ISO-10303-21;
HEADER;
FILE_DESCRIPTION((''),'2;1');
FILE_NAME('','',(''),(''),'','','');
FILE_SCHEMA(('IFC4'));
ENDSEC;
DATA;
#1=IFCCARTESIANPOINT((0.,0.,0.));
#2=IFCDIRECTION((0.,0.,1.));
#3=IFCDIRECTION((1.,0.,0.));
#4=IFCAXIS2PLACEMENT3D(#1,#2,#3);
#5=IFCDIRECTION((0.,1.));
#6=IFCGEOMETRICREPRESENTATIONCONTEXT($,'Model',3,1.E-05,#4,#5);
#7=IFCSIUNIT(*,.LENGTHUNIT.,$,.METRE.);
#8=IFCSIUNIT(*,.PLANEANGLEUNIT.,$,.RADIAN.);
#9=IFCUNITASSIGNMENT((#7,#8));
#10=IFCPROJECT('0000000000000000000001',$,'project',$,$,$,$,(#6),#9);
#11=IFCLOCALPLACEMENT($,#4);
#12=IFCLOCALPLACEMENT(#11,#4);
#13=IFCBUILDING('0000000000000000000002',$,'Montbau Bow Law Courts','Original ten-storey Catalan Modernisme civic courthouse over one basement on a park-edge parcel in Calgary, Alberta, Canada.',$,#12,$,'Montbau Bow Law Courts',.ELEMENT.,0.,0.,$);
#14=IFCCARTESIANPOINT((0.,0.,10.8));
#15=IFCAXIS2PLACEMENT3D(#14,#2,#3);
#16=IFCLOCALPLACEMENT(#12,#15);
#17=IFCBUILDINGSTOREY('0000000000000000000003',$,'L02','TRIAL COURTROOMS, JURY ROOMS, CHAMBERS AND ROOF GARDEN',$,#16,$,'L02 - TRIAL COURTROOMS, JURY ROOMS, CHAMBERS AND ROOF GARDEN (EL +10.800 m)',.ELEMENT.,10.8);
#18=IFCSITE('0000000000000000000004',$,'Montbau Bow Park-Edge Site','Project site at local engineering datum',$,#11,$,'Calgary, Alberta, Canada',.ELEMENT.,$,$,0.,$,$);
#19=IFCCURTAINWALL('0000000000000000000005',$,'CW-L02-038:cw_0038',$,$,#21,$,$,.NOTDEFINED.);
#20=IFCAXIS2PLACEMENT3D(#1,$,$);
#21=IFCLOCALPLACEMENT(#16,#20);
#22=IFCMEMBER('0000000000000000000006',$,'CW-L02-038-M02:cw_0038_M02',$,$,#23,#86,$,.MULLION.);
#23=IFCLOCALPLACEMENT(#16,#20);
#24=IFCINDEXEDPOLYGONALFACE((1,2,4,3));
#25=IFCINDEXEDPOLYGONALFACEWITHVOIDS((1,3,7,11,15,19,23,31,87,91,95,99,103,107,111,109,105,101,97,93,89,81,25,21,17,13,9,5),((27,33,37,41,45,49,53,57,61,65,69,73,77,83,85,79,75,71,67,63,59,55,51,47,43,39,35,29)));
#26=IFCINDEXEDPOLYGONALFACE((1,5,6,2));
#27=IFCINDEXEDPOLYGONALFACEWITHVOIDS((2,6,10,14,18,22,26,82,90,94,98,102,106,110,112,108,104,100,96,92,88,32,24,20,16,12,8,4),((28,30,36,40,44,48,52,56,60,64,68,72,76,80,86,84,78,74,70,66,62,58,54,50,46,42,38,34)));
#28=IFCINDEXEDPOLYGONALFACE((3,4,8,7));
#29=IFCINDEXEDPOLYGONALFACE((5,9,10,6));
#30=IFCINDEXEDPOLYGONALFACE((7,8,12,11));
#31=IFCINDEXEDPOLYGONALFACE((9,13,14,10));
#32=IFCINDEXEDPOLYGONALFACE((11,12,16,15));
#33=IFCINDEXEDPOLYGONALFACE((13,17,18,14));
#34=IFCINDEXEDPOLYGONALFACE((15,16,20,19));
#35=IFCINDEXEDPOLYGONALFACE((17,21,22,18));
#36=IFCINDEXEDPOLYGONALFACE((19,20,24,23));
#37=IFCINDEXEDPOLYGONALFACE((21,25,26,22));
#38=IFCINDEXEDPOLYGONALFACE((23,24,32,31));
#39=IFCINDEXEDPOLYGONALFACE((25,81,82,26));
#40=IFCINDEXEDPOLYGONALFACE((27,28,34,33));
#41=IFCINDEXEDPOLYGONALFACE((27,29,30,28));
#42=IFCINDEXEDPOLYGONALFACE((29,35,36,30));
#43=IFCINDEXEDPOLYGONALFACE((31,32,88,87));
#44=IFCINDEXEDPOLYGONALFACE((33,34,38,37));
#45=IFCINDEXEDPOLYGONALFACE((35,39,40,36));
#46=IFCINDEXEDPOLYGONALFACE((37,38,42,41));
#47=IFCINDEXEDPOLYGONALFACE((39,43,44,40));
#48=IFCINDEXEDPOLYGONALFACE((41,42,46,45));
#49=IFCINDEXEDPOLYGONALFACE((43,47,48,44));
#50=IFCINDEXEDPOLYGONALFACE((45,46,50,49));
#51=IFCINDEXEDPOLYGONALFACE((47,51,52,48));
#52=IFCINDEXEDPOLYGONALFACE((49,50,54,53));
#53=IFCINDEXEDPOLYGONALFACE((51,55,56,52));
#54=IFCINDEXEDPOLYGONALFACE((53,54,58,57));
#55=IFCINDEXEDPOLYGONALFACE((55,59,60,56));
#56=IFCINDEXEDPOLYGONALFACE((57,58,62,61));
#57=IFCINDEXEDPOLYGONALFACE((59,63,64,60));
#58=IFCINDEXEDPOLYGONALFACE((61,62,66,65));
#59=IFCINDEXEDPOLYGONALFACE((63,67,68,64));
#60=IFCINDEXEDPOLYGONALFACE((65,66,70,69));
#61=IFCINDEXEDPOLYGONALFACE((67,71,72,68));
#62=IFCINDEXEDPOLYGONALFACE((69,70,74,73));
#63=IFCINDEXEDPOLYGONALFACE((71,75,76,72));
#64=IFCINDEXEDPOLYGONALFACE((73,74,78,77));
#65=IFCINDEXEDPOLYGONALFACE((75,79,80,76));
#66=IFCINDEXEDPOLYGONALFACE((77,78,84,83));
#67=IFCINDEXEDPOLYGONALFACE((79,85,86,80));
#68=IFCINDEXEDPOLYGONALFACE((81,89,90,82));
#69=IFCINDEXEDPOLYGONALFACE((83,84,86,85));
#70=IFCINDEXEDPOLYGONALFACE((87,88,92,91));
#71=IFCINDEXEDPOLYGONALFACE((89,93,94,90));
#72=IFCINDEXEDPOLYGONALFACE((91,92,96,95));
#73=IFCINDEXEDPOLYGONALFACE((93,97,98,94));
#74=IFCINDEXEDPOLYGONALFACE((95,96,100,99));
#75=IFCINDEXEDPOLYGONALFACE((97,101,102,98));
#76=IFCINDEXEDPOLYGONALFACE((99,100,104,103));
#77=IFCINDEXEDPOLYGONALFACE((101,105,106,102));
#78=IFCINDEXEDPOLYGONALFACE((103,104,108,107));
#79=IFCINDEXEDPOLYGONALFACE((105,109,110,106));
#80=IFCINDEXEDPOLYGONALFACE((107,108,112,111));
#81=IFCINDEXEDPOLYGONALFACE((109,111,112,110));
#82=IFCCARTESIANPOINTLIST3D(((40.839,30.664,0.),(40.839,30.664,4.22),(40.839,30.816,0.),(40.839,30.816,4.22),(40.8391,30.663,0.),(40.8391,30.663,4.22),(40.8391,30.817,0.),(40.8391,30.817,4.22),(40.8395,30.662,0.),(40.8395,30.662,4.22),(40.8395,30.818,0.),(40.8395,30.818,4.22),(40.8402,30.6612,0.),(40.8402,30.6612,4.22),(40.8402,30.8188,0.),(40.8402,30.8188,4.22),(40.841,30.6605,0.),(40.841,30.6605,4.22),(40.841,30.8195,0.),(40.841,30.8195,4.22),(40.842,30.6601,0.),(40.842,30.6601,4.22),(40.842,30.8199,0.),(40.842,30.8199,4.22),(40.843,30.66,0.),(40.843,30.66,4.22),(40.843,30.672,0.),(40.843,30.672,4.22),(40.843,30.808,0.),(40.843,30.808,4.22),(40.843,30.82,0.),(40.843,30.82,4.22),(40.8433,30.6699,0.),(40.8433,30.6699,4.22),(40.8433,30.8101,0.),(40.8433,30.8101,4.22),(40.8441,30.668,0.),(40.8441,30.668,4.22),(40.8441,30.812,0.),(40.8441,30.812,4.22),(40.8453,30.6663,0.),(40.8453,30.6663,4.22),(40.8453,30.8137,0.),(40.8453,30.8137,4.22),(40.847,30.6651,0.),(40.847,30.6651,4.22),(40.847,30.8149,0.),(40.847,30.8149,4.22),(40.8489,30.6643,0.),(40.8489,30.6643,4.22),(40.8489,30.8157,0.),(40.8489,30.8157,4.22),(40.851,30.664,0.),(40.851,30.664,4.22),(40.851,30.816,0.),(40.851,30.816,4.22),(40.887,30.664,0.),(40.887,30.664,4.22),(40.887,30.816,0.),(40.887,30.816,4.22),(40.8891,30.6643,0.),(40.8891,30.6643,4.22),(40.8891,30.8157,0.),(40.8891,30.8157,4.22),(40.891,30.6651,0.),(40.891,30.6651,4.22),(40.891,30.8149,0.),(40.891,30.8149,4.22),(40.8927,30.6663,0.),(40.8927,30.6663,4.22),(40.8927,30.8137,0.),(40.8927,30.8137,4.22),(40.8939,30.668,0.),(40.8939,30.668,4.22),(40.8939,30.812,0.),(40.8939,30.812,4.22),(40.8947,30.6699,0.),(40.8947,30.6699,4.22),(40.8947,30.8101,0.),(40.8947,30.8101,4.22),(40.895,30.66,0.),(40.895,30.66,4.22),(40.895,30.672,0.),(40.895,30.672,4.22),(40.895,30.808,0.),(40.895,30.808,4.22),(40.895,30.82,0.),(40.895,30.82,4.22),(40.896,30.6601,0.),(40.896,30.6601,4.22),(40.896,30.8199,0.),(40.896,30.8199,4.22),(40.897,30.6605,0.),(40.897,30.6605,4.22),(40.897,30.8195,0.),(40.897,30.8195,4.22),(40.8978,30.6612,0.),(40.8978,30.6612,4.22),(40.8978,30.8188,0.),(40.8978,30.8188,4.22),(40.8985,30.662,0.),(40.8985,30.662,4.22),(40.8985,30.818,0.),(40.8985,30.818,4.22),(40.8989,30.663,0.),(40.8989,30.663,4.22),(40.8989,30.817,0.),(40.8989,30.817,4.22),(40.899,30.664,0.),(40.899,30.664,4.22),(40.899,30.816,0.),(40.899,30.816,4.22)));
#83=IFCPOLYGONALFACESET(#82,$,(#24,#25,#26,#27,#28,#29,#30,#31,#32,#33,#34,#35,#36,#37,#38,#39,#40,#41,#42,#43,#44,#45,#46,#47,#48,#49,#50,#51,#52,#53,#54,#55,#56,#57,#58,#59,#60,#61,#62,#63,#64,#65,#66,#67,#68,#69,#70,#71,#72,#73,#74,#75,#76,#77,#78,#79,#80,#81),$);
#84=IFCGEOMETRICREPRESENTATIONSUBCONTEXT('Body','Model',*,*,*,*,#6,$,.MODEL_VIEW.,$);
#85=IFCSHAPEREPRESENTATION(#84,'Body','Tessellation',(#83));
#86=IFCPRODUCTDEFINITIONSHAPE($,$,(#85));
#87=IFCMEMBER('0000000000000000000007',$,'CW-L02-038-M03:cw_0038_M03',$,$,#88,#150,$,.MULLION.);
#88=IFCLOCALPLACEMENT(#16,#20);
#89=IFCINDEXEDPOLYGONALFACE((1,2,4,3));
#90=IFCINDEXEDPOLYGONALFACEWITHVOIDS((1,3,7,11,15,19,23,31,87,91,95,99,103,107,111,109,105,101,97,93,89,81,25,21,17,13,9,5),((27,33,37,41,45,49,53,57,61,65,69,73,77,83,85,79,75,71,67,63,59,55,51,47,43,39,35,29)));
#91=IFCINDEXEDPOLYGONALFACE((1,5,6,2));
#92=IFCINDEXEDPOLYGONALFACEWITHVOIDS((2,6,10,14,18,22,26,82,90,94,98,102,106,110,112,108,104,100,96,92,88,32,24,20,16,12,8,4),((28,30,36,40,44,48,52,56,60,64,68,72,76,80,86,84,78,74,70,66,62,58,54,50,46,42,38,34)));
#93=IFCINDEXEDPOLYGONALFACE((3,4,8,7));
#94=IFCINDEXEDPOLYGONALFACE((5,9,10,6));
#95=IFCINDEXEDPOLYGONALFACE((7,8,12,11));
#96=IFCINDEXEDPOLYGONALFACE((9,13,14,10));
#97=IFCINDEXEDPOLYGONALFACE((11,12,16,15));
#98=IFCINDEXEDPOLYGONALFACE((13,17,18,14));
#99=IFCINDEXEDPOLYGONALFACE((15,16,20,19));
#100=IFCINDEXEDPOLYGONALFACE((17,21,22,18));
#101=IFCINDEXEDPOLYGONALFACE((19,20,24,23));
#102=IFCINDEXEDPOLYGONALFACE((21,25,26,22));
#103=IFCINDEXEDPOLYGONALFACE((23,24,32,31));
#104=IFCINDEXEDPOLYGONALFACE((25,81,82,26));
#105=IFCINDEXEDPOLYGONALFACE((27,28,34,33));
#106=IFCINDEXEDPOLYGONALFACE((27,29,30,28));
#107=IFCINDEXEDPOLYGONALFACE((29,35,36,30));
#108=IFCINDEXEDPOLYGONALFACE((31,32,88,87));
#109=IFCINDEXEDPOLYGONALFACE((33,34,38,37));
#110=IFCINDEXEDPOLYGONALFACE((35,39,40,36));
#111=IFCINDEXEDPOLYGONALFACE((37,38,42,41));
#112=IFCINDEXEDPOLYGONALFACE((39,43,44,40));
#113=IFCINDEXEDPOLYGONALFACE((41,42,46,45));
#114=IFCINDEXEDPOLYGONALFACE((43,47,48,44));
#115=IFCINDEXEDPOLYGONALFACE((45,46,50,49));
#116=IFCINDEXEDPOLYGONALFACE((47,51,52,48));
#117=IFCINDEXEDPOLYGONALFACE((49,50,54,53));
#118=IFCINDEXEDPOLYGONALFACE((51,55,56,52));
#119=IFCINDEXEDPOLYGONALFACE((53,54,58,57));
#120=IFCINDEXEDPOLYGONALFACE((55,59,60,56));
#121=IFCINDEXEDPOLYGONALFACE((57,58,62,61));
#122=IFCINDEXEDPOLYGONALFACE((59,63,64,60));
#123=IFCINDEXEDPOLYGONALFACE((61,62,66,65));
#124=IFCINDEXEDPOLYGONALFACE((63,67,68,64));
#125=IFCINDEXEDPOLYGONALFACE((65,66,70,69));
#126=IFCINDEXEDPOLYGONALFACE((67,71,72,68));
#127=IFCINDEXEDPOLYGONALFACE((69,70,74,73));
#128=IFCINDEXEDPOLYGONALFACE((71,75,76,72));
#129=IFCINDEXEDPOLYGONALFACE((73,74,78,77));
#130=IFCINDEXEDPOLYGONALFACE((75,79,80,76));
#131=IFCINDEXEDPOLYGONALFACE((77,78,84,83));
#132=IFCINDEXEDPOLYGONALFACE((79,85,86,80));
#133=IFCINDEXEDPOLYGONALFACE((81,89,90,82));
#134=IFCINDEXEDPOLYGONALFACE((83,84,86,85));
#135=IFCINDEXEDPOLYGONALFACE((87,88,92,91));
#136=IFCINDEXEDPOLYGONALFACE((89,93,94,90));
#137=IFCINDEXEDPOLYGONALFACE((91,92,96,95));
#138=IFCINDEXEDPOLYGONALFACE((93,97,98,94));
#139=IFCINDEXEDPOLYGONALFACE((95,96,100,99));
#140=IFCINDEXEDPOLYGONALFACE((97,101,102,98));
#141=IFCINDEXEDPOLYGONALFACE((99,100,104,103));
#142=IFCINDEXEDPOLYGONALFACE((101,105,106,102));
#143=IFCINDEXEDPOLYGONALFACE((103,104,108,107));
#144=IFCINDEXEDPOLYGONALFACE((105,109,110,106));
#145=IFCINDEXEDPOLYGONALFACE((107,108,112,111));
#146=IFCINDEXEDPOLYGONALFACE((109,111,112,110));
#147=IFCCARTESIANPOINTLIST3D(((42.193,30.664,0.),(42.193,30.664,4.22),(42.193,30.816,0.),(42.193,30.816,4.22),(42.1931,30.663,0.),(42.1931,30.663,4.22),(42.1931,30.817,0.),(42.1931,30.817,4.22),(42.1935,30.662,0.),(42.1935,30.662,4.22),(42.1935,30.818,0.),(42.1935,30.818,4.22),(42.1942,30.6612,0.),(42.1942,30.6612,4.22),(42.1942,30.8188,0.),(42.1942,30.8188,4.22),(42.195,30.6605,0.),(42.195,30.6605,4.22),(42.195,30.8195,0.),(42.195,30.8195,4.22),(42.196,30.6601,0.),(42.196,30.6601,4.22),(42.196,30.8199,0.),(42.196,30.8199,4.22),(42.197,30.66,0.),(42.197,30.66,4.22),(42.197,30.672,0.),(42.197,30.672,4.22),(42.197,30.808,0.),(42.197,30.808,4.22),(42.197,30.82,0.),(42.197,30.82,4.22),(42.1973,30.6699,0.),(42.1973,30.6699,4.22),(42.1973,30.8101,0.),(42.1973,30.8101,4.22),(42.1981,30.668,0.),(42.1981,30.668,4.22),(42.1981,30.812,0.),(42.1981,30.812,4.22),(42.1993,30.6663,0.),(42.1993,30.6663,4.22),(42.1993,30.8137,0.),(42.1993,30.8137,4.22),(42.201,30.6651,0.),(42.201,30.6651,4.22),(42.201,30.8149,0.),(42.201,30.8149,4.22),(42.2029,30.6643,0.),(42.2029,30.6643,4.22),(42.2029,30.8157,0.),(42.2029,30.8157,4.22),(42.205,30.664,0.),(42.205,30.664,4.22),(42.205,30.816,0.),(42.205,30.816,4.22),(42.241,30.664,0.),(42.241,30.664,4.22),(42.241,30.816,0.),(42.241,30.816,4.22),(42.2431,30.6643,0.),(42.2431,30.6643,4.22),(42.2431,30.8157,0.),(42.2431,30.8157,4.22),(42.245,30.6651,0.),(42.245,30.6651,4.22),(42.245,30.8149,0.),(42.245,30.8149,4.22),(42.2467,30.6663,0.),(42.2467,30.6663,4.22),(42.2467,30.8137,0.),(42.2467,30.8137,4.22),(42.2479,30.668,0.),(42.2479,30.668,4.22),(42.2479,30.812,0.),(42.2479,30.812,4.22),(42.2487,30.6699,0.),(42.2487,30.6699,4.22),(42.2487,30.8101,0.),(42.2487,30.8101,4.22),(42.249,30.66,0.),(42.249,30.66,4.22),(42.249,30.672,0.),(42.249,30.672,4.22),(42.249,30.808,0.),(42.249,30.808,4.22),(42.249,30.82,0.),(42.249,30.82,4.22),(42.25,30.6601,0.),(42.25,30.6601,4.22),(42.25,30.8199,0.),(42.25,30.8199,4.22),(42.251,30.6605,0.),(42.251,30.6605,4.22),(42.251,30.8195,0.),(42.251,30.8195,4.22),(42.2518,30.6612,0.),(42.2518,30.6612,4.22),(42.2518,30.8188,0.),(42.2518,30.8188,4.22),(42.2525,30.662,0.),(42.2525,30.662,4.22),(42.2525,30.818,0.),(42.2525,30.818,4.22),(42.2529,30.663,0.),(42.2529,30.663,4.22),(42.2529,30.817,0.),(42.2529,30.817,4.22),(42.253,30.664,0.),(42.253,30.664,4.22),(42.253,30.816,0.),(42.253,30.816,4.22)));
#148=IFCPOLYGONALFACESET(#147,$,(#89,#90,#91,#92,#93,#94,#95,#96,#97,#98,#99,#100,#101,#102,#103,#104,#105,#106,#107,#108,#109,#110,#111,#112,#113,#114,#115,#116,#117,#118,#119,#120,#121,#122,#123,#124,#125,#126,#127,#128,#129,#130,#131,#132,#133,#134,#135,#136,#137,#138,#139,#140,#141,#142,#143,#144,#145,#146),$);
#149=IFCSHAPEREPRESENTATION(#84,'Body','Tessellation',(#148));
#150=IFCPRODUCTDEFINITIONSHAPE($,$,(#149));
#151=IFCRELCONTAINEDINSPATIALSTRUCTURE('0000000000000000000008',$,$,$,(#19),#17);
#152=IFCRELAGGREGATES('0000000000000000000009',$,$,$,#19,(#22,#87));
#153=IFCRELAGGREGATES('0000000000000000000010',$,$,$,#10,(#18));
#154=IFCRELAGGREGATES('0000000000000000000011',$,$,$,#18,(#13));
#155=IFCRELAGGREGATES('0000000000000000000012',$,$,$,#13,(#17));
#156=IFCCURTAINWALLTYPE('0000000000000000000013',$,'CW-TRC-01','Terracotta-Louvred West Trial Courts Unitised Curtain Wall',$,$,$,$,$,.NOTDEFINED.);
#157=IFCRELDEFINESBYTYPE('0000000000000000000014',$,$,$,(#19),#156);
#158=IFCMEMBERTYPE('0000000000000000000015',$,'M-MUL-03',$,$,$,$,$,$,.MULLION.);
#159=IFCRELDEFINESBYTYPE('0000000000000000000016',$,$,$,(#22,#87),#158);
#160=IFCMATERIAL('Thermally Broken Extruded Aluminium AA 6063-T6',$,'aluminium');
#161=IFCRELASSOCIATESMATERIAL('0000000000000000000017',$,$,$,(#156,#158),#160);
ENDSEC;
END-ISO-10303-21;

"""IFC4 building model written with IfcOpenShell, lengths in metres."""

from ifc_helpers import new_model, si_unit, direction, frame, origin_with_axes, origin_2d_with_axis, place, context, subcontext, project, spatial, hollow_rectangle, extrude, material, material_profile, profile_set, type_object, element, aggregate, save


model = new_model("IFC4")

# Units and contexts
model_context = context("Model", 3, precision=1e-05, world=origin_with_axes(), true_north=direction((0.0, 1.0)))
body_context = subcontext(model_context, "Body", "Model", "MODEL_VIEW")
ifc_project = project(units=[si_unit("LENGTHUNIT", "METRE"), si_unit("PLANEANGLEUNIT", "RADIAN")], contexts=[model_context])

# Site, building, storey
site_placement = place(None, origin_with_axes())
site = spatial("IfcSite", under=ifc_project, at=site_placement, Name="Montbau Bow Park-Edge Site", Description="Project site at local engineering datum", LongName="Calgary, Alberta, Canada", CompositionType="ELEMENT", RefElevation=0.0)
building_placement = place(site_placement, origin_with_axes())
building = spatial("IfcBuilding", under=site, at=building_placement, Name="Montbau Bow Law Courts", Description="Original ten-storey Catalan Modernisme civic courthouse over one basement on a park-edge parcel in Calgary, Alberta, Canada.", LongName="Montbau Bow Law Courts", CompositionType="ELEMENT", ElevationOfRefHeight=0.0, ElevationOfTerrain=0.0)
storey_placement = place(building_placement, frame((0.0, 0.0, 10.8), z_axis=(0.0, 0.0, 1.0), x_axis=(1.0, 0.0, 0.0)))
storey = spatial("IfcBuildingStorey", under=building, at=storey_placement, Name="L02", Description="TRIAL COURTROOMS, JURY ROOMS, CHAMBERS AND ROOF GARDEN", LongName="L02 - TRIAL COURTROOMS, JURY ROOMS, CHAMBERS AND ROOF GARDEN (EL +10.800 m)", CompositionType="ELEMENT", Elevation=10.8)

# Curtain wall, members
ifc_material_1 = material(Name="Thermally Broken Extruded Aluminium AA 6063-T6", Category="aluminium")
curtain_wall_type = type_object("IfcCurtainWallType", Name="CW-TRC-01", Description="Terracotta-Louvred West Trial Courts Unitised Curtain Wall", PredefinedType="NOTDEFINED", material=ifc_material_1)
curtain_wall_placement = place(None, frame((39.515, 30.74, 10.8), z_axis=(0.0, 0.0, 1.0), x_axis=(1.0, 0.0, 0.0)))
curtain_wall = element("IfcCurtainWall", 1, at=curtain_wall_placement, inside=storey, type_object=curtain_wall_type, Name="CW-L02-038:cw_0038", PredefinedType="NOTDEFINED")
ifc_material_profile_1 = material_profile(ifc_material_1, hollow_rectangle(XDim=0.06, YDim=0.16, WallThickness=0.004, InnerFilletRadius=0.008, OuterFilletRadius=0.004, at=origin_2d_with_axis()), Name="CWM-160X60", Category="Main", Priority=0)
ifc_profile_set_1 = profile_set([ifc_material_profile_1], Name="Thermally Broken Extruded Aluminium AA 6063-T6")
member_type_1 = type_object("IfcMemberType", Name="M-MUL-03", PredefinedType="MULLION", material=ifc_profile_set_1)
member_1_placement = place(None, frame((40.869, 30.74, 10.8), z_axis=(0.0, 0.0, 1.0), x_axis=(1.0, 0.0, 0.0)))
member_1 = element("IfcMember", 2, at=member_1_placement, type_object=member_type_1, Name="CW-L02-038-M02:cw_0038_M02", PredefinedType="MULLION", context=body_context, shape_type="SweptSolid", body=[
    extrude(hollow_rectangle(XDim=0.06, YDim=0.16, WallThickness=0.004, InnerFilletRadius=0.008, OuterFilletRadius=0.004, at=origin_2d_with_axis()), origin_with_axes(), (0.0, 0.0, 1.0), 4.22),
])
member_2_placement = place(None, frame((42.223, 30.74, 10.8), z_axis=(0.0, 0.0, 1.0), x_axis=(1.0, 0.0, 0.0)))
member_2 = element("IfcMember", 3, at=member_2_placement, type_object=member_type_1, Name="CW-L02-038-M03:cw_0038_M03", PredefinedType="MULLION", context=body_context, shape_type="SweptSolid", body=[
    extrude(hollow_rectangle(XDim=0.06, YDim=0.16, WallThickness=0.004, InnerFilletRadius=0.008, OuterFilletRadius=0.004, at=origin_2d_with_axis()), origin_with_axes(), (0.0, 0.0, 1.0), 4.22),
])
aggregate(curtain_wall, [member_1, member_2])

save(model, "model.ifc")
